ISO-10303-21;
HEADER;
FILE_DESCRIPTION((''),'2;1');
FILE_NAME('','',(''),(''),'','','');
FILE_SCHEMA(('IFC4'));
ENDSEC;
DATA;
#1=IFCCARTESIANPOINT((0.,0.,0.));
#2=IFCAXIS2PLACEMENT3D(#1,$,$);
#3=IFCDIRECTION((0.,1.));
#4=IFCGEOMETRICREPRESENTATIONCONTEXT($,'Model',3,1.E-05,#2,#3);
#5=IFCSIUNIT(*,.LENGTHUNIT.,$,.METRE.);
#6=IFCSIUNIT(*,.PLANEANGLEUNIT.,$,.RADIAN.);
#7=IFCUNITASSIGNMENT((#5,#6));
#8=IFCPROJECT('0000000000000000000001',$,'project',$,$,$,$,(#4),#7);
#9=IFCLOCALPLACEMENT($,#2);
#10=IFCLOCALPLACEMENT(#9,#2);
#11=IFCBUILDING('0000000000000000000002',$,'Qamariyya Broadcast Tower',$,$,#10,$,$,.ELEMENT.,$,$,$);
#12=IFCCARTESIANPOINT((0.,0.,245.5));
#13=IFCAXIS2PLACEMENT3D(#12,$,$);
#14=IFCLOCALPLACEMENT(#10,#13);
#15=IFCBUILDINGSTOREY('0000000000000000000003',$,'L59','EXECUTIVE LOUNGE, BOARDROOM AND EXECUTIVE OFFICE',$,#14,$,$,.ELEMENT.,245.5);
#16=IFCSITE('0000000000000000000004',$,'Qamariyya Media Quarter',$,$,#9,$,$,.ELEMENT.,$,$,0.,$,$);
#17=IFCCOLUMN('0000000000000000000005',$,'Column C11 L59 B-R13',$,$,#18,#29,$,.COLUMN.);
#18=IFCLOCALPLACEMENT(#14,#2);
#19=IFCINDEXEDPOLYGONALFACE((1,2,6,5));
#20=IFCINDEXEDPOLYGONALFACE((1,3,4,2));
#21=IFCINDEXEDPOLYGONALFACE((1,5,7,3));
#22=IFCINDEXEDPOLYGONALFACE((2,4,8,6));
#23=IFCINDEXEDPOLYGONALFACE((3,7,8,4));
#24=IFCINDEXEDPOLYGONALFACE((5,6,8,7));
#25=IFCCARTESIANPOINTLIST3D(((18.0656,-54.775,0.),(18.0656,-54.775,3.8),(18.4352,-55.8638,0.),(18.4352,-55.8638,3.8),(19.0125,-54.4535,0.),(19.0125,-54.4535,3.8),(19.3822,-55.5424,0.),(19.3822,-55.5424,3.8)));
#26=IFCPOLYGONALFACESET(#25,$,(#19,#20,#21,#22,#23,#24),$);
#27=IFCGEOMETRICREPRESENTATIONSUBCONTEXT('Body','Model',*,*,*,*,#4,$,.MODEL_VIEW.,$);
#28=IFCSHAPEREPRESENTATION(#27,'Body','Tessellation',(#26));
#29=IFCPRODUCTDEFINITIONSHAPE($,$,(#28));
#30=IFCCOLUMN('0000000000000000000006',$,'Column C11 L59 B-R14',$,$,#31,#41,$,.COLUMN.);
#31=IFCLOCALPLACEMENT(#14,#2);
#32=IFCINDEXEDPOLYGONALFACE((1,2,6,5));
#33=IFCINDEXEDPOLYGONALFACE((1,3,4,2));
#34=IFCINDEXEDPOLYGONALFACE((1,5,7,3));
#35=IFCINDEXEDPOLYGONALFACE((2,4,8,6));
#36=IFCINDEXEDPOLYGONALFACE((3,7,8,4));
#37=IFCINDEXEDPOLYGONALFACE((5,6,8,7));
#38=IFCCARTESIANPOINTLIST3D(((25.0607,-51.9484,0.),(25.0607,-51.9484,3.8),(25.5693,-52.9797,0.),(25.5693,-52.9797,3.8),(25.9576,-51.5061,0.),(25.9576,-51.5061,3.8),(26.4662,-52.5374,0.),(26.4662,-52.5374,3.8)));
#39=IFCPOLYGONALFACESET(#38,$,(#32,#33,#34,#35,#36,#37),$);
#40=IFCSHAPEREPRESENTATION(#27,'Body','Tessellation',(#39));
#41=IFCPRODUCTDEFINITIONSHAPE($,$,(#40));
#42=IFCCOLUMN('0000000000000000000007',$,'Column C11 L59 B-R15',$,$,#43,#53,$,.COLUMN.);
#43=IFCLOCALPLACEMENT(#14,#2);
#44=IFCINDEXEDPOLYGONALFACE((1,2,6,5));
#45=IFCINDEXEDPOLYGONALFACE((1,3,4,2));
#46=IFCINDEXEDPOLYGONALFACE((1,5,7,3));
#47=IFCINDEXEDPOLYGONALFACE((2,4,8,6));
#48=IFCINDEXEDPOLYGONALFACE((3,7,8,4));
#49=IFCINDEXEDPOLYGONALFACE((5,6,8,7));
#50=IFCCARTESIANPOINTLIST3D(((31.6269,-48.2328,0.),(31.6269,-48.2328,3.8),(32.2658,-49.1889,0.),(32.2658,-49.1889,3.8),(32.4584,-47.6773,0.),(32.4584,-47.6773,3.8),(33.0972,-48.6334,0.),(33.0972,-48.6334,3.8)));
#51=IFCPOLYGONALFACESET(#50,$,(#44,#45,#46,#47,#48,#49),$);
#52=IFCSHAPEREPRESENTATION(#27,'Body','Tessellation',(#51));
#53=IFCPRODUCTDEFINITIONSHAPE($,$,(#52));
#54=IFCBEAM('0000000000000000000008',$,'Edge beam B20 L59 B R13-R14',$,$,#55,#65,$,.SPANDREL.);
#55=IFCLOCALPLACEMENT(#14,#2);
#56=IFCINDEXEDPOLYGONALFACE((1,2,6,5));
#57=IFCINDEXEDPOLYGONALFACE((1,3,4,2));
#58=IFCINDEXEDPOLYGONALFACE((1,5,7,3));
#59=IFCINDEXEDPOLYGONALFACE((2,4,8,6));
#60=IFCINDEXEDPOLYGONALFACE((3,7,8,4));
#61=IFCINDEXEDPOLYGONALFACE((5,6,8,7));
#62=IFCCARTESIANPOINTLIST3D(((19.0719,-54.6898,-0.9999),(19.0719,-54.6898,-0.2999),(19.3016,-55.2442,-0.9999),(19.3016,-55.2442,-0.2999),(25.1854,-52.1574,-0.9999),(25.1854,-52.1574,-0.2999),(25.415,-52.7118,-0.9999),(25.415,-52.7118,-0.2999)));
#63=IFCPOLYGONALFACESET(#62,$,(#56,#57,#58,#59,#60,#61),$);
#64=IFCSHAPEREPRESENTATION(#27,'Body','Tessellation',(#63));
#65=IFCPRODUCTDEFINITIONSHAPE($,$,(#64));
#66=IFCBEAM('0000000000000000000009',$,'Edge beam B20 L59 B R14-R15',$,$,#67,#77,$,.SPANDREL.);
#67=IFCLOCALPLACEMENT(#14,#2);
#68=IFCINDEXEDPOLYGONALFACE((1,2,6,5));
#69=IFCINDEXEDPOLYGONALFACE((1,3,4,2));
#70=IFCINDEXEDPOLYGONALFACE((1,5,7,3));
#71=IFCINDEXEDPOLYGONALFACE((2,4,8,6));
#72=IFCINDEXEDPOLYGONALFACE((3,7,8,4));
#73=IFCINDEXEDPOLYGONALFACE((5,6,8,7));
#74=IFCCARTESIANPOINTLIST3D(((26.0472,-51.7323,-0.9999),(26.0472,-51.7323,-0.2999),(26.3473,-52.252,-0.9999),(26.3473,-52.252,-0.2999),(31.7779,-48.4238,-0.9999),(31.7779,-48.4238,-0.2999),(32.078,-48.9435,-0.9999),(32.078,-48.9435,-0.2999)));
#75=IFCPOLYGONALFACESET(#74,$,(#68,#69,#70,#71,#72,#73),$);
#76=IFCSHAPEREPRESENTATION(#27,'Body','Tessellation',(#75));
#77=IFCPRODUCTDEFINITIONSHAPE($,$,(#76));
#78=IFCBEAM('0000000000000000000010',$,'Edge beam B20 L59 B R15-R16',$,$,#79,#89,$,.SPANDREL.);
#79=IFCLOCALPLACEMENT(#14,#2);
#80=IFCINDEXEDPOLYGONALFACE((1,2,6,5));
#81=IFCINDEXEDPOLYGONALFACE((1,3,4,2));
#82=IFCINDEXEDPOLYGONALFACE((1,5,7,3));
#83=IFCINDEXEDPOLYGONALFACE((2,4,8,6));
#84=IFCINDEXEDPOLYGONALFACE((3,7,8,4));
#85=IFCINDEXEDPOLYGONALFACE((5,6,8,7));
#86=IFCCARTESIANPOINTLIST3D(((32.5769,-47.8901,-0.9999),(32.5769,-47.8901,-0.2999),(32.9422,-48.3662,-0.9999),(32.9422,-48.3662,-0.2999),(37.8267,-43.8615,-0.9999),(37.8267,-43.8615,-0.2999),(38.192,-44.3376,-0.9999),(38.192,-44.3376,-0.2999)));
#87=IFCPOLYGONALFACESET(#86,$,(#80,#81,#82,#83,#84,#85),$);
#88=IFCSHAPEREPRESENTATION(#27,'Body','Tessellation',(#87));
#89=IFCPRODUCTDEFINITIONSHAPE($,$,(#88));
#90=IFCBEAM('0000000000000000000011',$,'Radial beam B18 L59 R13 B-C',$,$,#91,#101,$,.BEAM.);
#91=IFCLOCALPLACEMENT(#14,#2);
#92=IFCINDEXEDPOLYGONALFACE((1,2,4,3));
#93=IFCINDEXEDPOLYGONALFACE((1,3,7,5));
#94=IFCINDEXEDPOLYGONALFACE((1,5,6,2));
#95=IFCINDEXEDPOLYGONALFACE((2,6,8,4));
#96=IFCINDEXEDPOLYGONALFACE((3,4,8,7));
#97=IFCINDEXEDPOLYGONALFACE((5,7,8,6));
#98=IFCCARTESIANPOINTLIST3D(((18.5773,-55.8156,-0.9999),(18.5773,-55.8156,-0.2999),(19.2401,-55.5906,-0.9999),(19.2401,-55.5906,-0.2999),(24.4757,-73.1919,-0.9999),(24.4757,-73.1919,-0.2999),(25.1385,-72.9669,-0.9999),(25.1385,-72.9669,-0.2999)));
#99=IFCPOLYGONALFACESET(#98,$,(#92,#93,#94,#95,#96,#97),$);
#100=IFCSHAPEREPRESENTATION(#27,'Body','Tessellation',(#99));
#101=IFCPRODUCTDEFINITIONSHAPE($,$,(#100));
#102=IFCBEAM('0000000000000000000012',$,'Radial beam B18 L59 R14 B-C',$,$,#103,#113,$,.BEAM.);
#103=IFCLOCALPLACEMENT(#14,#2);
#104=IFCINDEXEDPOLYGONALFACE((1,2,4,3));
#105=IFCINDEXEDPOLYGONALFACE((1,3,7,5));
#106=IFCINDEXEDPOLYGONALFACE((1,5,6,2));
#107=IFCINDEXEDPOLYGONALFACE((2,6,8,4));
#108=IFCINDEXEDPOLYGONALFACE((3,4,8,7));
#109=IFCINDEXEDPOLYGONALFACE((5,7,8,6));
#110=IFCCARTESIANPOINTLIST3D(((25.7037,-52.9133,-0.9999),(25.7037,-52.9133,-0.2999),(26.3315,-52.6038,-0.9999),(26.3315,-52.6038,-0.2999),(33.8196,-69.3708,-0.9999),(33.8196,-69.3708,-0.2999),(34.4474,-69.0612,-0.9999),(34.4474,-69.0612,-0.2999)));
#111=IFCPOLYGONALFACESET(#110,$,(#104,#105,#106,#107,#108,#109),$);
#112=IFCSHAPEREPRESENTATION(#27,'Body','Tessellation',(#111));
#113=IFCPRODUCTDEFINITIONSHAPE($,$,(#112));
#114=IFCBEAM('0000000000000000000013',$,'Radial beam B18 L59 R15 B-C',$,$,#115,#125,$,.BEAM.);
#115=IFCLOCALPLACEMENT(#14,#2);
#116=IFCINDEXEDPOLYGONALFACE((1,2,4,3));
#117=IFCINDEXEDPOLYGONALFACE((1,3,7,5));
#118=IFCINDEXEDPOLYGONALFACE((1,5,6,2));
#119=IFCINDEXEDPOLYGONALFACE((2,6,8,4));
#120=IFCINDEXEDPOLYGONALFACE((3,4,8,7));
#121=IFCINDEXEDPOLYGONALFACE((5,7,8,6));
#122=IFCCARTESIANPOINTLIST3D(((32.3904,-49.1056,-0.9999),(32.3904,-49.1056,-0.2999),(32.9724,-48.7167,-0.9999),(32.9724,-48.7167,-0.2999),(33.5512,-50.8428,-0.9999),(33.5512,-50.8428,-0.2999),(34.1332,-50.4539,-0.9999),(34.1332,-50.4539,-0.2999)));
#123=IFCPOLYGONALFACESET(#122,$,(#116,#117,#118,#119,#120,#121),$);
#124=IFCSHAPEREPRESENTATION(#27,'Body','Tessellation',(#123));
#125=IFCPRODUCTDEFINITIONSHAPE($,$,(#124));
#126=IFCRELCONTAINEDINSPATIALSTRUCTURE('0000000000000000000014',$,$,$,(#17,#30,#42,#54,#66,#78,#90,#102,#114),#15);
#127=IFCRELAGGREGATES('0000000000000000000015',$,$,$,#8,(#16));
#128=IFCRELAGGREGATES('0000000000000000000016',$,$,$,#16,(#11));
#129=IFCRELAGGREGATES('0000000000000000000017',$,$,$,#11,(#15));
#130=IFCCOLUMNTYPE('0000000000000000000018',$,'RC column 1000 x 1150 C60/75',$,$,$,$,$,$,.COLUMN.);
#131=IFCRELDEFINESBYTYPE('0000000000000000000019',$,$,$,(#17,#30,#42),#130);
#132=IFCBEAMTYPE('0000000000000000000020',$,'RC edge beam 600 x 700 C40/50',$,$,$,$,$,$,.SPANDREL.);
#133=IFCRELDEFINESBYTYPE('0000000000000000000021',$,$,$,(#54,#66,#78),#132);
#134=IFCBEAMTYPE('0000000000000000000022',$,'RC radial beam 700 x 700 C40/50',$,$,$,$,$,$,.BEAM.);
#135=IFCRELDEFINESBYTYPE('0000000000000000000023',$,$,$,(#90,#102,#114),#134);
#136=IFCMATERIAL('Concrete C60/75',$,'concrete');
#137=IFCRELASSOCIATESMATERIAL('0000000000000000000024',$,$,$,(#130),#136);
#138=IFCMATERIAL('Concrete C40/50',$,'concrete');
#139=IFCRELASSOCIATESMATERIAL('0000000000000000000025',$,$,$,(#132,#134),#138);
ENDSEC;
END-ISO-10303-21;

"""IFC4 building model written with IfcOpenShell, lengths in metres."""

from ifc_helpers import new_model, si_unit, direction, frame, origin, origin_2d, place, context, subcontext, project, spatial, rectangle, extrude, material, material_profile, profile_set, type_object, element, save


model = new_model("IFC4")

# Units and contexts
model_context = context("Model", 3, precision=1e-05, world=origin(), true_north=direction((0.0, 1.0)))
body_context = subcontext(model_context, "Body", "Model", "MODEL_VIEW")
ifc_project = project(units=[si_unit("LENGTHUNIT", "METRE"), si_unit("PLANEANGLEUNIT", "RADIAN")], contexts=[model_context])

# Site, building, storey
site_placement = place(None, origin())
site = spatial("IfcSite", under=ifc_project, at=site_placement, Name="Qamariyya Media Quarter", CompositionType="ELEMENT", RefElevation=0.0)
building_placement = place(site_placement, origin())
building = spatial("IfcBuilding", under=site, at=building_placement, Name="Qamariyya Broadcast Tower", CompositionType="ELEMENT")
storey_placement = place(building_placement, frame((0.0, 0.0, 245.5)))
storey = spatial("IfcBuildingStorey", under=building, at=storey_placement, Name="L59", Description="EXECUTIVE LOUNGE, BOARDROOM AND EXECUTIVE OFFICE", CompositionType="ELEMENT", Elevation=245.5)

# Columns
ifc_material_1 = material(Name="Concrete C60/75", Category="concrete")
ifc_material_profile_1 = material_profile(ifc_material_1, rectangle(XDim=1.0, YDim=1.1499, at=origin_2d()))
ifc_profile_set_1 = profile_set([ifc_material_profile_1], Name="Concrete C60/75")
column_type = type_object("IfcColumnType", Name="RC column 1000 x 1150 C60/75", PredefinedType="COLUMN", material=ifc_profile_set_1)
for number, where, z_axis, x_axis, name in (
    (1, (18.7239, -55.1587, 0.0), (0.0, 0.0, 1.0), (0.94693, 0.321439, 0.0), "Column C11 L59 B-R13"),
    (2, (25.7634, -52.2429, 0.0), (0.0, 0.0, 1.0), (0.896873, 0.442289, 0.0), "Column C11 L59 B-R14"),
    (3, (32.3621, -48.4331, 0.0), (0.0, 0.0, 1.0), (0.83147, 0.55557, 0.0), "Column C11 L59 B-R15"),
):
    element("IfcColumn", number, at=place(storey_placement, frame(where, z_axis=z_axis, x_axis=x_axis)), inside=storey, type_object=column_type, Name=name, PredefinedType="COLUMN", context=body_context, shape_type="SweptSolid", body=[
        extrude(rectangle(XDim=1.0, YDim=1.1499, at=origin_2d()), origin(), (0.0, 0.0, 1.0), 3.8),
    ])

# Beams
ifc_material_2 = material(Name="Concrete C40/50", Category="concrete")
ifc_material_profile_2 = material_profile(ifc_material_2, rectangle(XDim=0.6001, YDim=0.7, at=origin_2d()))
ifc_profile_set_2 = profile_set([ifc_material_profile_2], Name="Concrete C40/50")
beam_type_1 = type_object("IfcBeamType", Name="RC edge beam 600 x 700 C40/50", PredefinedType="SPANDREL", material=ifc_profile_set_2)
for number, where, z_axis, x_axis, name in (
    (4, (19.1868, -54.967, -0.6499), (0.923871, 0.382705, 0.0), (-0.382705, 0.923871, 0.0), "Edge beam B20 L59 B R13-R14"),
    (5, (26.1973, -51.9922, -0.6499), (0.866028, 0.499996, 0.0), (-0.499996, 0.866028, 0.0), "Edge beam B20 L59 B R14-R15"),
):
    element("IfcBeam", number, at=place(storey_placement, frame(where, z_axis=z_axis, x_axis=x_axis)), inside=storey, type_object=beam_type_1, Name=name, PredefinedType="SPANDREL", context=body_context, shape_type="SweptSolid", body=[
        extrude(rectangle(XDim=0.6001, YDim=0.7, at=origin_2d()), origin(), (0.0, 0.0, 1.0), 6.6172),
    ])
beam_1_placement = place(storey_placement, frame((32.7595, -48.1282, -0.6499), z_axis=(0.793333, 0.608789, 0.0), x_axis=(-0.608789, 0.793333, 0.0)))
element("IfcBeam", 6, at=beam_1_placement, inside=storey, type_object=beam_type_1, Name="Edge beam B20 L59 B R15-R16", PredefinedType="SPANDREL", context=body_context, shape_type="SweptSolid", body=[
    extrude(rectangle(XDim=0.6001, YDim=0.7, at=origin_2d()), origin(), (0.0, 0.0, 1.0), 6.6174),
])
ifc_material_profile_3 = material_profile(ifc_material_2, rectangle(XDim=0.7, YDim=0.7, at=origin_2d()))
ifc_profile_set_3 = profile_set([ifc_material_profile_3], Name="Concrete C40/50")
beam_type_2 = type_object("IfcBeamType", Name="RC radial beam 700 x 700 C40/50", PredefinedType="BEAM", material=ifc_profile_set_3)
beam_2_placement = place(storey_placement, frame((18.9087, -55.7031, -0.6499), z_axis=(0.32144, -0.94693, 0.0), x_axis=(0.94693, 0.32144, 0.0)))
element("IfcBeam", 7, at=beam_2_placement, inside=storey, type_object=beam_type_2, Name="Radial beam B18 L59 R13 B-C", PredefinedType="BEAM", context=body_context, shape_type="SweptSolid", body=[
    extrude(rectangle(XDim=0.7, YDim=0.7, at=origin_2d()), origin(), (0.0, 0.0, 1.0), 18.3501),
])
beam_3_placement = place(storey_placement, frame((26.0176, -52.7585, -0.6499), z_axis=(0.442289, -0.896872, 0.0), x_axis=(0.896872, 0.442289, 0.0)))
element("IfcBeam", 8, at=beam_3_placement, inside=storey, type_object=beam_type_2, Name="Radial beam B18 L59 R14 B-C", PredefinedType="BEAM", context=body_context, shape_type="SweptSolid", body=[
    extrude(rectangle(XDim=0.7, YDim=0.7, at=origin_2d()), origin(), (0.0, 0.0, 1.0), 18.3499),
])
beam_4_placement = place(storey_placement, frame((32.6814, -48.9111, -0.6499), z_axis=(0.55559, -0.831457, 0.0), x_axis=(0.831457, 0.55559, 0.0)))
element("IfcBeam", 9, at=beam_4_placement, inside=storey, type_object=beam_type_2, Name="Radial beam B18 L59 R15 B-C", PredefinedType="BEAM", context=body_context, shape_type="SweptSolid", body=[
    extrude(rectangle(XDim=0.7, YDim=0.7, at=origin_2d()), origin(), (0.0, 0.0, 1.0), 2.0894),
])

save(model, "model.ifc")
